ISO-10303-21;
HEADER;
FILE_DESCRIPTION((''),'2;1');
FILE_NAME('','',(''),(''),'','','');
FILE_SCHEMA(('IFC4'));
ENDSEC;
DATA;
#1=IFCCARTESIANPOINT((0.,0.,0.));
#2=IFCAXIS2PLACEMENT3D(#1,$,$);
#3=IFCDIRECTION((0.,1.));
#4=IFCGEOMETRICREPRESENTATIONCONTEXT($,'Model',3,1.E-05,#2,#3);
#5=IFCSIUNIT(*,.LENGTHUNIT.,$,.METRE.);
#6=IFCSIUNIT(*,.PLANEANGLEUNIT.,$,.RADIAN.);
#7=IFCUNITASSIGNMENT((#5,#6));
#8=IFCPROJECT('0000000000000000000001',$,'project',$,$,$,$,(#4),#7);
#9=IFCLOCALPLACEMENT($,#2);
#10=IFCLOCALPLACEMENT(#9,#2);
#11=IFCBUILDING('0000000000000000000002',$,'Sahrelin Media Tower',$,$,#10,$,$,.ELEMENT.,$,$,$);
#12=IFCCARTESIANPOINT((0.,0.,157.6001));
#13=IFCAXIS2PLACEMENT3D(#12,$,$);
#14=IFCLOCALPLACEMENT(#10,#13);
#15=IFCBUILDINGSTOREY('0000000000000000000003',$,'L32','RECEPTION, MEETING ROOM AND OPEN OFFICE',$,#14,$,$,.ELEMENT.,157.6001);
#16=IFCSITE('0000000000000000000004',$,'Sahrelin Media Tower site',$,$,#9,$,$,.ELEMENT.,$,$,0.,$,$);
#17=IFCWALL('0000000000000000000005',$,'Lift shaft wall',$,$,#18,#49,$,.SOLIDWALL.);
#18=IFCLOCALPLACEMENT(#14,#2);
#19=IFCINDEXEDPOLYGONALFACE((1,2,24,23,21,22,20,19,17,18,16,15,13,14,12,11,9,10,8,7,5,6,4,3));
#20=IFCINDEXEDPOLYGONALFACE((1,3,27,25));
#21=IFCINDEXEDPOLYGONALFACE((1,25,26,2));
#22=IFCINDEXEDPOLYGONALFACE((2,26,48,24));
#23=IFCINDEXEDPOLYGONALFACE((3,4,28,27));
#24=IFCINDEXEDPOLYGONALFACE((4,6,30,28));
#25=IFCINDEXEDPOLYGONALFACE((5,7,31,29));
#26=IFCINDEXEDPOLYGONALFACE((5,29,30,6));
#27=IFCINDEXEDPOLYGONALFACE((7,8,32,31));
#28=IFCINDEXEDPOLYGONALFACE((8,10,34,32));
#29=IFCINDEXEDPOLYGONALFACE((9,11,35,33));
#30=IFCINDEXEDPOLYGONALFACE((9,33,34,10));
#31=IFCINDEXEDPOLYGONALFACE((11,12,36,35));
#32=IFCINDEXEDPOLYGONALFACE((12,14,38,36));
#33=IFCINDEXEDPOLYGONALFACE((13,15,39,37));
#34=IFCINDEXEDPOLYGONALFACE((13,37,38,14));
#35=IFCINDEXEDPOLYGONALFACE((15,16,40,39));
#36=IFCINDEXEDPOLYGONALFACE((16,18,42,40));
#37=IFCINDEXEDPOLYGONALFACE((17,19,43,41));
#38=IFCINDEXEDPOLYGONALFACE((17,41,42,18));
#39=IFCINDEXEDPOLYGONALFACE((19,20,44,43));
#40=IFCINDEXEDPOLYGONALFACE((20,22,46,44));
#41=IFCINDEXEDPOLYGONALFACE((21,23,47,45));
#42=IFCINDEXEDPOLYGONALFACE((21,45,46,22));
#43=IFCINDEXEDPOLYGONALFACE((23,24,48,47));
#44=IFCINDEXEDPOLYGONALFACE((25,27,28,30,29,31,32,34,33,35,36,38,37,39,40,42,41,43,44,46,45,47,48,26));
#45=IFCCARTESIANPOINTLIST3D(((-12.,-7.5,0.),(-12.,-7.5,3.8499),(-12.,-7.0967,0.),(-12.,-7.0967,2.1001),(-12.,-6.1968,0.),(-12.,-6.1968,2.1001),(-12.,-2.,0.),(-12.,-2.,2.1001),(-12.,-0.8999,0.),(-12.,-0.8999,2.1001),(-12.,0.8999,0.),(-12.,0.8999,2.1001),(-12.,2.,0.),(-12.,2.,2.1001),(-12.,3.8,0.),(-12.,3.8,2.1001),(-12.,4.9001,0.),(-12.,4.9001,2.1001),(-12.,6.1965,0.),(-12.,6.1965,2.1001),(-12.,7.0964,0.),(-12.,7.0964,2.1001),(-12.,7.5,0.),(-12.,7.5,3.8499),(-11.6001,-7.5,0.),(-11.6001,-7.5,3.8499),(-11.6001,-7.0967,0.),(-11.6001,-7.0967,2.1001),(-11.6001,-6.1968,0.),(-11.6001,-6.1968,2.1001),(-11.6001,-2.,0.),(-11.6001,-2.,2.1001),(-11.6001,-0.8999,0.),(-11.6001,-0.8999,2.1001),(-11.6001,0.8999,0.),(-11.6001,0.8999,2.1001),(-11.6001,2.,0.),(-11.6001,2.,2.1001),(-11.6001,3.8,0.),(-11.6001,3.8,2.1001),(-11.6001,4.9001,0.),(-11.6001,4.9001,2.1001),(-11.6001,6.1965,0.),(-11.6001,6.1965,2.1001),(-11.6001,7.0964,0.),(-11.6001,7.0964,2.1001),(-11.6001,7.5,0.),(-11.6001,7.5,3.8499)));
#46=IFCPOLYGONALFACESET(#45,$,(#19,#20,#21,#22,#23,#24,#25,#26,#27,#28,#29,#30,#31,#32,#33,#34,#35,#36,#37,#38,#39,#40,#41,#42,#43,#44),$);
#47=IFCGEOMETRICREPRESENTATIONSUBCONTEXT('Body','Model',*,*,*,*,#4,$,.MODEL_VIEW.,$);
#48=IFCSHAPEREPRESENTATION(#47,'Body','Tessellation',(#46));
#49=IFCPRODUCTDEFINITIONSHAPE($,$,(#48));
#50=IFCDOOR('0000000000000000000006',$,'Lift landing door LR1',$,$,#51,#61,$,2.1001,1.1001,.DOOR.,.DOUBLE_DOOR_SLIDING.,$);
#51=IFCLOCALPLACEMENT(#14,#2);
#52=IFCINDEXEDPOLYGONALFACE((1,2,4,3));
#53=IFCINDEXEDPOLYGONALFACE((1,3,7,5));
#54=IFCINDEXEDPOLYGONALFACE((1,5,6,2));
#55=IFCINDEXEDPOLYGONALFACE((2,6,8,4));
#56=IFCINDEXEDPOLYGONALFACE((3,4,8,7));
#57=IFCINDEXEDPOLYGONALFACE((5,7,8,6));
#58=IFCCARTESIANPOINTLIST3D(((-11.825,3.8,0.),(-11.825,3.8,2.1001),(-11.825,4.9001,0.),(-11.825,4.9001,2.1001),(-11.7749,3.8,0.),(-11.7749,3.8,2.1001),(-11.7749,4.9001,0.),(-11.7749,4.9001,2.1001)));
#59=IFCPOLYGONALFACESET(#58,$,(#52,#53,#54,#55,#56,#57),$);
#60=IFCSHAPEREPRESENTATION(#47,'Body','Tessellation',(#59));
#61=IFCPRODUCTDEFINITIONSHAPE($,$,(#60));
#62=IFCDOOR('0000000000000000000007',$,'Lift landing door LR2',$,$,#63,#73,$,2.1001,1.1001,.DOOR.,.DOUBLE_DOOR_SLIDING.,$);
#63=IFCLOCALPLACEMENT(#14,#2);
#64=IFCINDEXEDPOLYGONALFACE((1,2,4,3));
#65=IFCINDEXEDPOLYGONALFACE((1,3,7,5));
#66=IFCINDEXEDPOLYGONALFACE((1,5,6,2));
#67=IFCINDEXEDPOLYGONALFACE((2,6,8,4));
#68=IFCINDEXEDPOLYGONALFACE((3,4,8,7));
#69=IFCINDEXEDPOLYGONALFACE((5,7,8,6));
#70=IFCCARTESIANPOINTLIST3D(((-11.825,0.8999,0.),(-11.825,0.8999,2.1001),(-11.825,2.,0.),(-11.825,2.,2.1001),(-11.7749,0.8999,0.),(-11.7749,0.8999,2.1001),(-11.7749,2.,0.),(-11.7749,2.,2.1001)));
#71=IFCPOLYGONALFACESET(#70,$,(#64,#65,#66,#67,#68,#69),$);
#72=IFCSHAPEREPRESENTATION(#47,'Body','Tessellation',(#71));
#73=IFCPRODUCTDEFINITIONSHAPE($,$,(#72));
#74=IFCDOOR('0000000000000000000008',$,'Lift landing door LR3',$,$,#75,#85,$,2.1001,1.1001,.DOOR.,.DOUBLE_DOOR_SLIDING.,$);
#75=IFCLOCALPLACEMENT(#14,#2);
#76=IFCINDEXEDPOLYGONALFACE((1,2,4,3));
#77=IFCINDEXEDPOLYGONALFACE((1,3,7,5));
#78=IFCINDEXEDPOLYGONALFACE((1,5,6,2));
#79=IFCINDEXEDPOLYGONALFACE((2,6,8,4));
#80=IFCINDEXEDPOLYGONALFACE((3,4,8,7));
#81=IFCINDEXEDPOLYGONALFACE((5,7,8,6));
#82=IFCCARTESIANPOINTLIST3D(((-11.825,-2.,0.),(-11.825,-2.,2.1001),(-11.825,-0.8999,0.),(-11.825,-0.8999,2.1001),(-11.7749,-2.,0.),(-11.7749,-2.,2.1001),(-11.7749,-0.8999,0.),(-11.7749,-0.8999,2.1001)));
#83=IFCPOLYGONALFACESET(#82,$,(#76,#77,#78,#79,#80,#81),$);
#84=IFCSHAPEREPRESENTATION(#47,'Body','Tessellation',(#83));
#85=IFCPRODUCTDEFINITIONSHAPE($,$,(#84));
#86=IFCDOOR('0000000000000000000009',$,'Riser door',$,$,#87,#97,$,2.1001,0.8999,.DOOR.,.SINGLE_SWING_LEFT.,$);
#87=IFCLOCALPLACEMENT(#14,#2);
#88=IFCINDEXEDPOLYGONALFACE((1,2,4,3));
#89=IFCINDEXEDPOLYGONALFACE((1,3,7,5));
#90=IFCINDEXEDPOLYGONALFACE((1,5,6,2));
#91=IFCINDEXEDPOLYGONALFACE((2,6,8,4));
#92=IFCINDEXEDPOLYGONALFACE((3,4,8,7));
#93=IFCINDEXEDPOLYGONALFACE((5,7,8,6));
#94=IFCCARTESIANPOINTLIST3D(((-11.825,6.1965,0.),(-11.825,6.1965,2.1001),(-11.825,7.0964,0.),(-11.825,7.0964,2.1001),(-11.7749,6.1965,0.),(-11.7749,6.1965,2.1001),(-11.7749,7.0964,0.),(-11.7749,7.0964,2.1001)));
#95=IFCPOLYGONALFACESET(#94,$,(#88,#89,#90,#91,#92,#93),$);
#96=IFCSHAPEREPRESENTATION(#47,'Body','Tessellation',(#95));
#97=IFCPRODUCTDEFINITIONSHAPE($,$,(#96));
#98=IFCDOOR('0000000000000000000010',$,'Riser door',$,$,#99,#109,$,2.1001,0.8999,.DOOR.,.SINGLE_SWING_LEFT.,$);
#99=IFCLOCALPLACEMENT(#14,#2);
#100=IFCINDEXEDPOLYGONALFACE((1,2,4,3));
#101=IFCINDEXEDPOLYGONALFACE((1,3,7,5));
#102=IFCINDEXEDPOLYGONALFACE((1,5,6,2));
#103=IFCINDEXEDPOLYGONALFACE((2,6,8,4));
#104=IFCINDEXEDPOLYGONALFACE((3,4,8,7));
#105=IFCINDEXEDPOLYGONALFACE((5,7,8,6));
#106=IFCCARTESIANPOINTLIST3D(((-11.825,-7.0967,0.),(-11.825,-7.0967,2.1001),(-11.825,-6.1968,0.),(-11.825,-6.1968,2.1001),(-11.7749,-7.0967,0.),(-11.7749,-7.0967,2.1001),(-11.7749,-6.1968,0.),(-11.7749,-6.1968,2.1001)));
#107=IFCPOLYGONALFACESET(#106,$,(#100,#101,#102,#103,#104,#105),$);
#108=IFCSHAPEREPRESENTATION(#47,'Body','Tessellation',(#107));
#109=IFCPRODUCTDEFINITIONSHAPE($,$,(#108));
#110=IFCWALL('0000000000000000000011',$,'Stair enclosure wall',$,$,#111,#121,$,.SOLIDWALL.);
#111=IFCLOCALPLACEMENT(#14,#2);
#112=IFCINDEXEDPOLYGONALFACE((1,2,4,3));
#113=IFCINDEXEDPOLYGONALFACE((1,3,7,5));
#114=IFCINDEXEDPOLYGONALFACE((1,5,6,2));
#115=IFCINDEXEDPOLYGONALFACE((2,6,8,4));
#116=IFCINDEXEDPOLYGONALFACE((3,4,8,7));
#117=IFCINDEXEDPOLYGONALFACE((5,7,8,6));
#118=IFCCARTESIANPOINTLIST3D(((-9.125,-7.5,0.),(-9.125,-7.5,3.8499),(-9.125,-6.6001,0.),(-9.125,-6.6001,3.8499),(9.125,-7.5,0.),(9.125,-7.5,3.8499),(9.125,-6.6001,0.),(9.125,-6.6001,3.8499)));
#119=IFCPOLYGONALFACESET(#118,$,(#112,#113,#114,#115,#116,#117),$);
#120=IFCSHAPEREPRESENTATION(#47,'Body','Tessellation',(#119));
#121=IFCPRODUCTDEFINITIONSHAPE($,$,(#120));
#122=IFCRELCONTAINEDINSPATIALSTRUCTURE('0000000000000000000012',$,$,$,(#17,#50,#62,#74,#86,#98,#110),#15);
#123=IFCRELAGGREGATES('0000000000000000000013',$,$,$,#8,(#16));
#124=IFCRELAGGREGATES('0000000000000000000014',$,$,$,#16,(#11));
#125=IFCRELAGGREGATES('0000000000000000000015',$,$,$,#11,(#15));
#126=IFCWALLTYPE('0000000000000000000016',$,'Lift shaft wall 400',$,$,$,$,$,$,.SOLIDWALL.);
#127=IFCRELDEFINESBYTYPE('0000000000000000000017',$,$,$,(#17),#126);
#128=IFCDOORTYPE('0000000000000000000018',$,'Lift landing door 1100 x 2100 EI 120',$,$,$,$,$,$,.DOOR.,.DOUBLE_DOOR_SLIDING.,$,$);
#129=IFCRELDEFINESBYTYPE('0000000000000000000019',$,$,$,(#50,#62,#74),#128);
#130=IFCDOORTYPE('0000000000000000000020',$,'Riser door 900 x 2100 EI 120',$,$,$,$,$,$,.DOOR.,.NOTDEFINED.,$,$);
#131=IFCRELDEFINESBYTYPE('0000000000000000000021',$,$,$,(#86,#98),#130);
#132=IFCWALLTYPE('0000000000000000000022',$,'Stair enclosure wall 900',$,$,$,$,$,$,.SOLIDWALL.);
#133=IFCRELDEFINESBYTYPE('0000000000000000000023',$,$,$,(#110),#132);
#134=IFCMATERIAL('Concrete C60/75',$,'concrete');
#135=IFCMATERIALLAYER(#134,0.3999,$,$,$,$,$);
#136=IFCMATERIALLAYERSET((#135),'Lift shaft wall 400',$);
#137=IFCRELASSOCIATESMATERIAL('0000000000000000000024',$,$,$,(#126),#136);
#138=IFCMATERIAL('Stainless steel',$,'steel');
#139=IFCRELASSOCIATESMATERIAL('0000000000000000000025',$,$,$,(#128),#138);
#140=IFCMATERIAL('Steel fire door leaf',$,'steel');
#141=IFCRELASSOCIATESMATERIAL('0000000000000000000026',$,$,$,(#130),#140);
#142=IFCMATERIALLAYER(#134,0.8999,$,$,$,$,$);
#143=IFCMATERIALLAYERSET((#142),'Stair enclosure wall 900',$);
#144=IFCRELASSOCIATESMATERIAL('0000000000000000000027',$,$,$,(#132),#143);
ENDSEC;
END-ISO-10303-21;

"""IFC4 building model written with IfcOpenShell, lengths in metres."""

from ifc_helpers import new_model, si_unit, direction, frame, frame_2d, origin, place, context, subcontext, project, spatial, rectangle, extrude, material, layer, layer_set, type_object, element, fill, save


model = new_model("IFC4")

# Units and contexts
model_context = context("Model", 3, precision=1e-05, world=origin(), true_north=direction((0.0, 1.0)))
body_context = subcontext(model_context, "Body", "Model", "MODEL_VIEW")
ifc_project = project(units=[si_unit("LENGTHUNIT", "METRE"), si_unit("PLANEANGLEUNIT", "RADIAN")], contexts=[model_context])

# Site, building, storey
site_placement = place(None, origin())
site = spatial("IfcSite", under=ifc_project, at=site_placement, Name="Sahrelin Media Tower site", CompositionType="ELEMENT", RefElevation=0.0)
building_placement = place(site_placement, origin())
building = spatial("IfcBuilding", under=site, at=building_placement, Name="Sahrelin Media Tower", CompositionType="ELEMENT")
storey_placement = place(building_placement, frame((0.0, 0.0, 157.6001)))
storey = spatial("IfcBuildingStorey", under=building, at=storey_placement, Name="L32", Description="RECEPTION, MEETING ROOM AND OPEN OFFICE", CompositionType="ELEMENT", Elevation=157.6001)

# Shared definitions
ifc_material_1 = material(Name="Concrete C60/75", Category="concrete")
ifc_material_2 = material(Name="Steel fire door leaf", Category="steel")

# Wall, openings, doors
ifc_material_3 = material(Name="Stainless steel", Category="steel")
ifc_layer_1 = layer(ifc_material_1, 0.3999)
ifc_layer_set_1 = layer_set([ifc_layer_1], Name="Lift shaft wall 400")
wall_type_1 = type_object("IfcWallType", Name="Lift shaft wall 400", PredefinedType="SOLIDWALL", material=ifc_layer_set_1)
wall_1_placement = place(storey_placement, frame((-11.8, -7.5, 0.0), z_axis=(0.0, 0.0, 1.0), x_axis=(0.0, 1.0, 0.0)))
wall_1 = element("IfcWall", 1, at=wall_1_placement, inside=storey, type_object=wall_type_1, Name="Lift shaft wall", PredefinedType="SOLIDWALL", context=body_context, shape_type="SweptSolid", body=[
    extrude(rectangle(XDim=15.0, YDim=0.3999, at=frame_2d((7.5, 0.0))), origin(), (0.0, 0.0, 1.0), 3.8499),
])
opening_1_placement = place(wall_1_placement, frame((11.3, 0.0, 0.0)))
opening_1 = element("IfcOpeningElement", 2, at=opening_1_placement, cuts=wall_1, PredefinedType="OPENING", context=body_context, shape_type="SweptSolid", body=[
    extrude(rectangle(XDim=1.1001, YDim=2.1001, at=frame_2d((0.55, 1.05))), frame((0.0, 0.2, 0.0), z_axis=(0.0, -1.0, 0.0), x_axis=(1.0, 0.0, 0.0)), (0.0, 0.0, 1.0), 0.3999),
])
opening_2_placement = place(wall_1_placement, frame((8.3999, 0.0, 0.0)))
opening_2 = element("IfcOpeningElement", 3, at=opening_2_placement, cuts=wall_1, PredefinedType="OPENING", context=body_context, shape_type="SweptSolid", body=[
    extrude(rectangle(XDim=1.1001, YDim=2.1001, at=frame_2d((0.55, 1.05))), frame((0.0, 0.2, 0.0), z_axis=(0.0, -1.0, 0.0), x_axis=(1.0, 0.0, 0.0)), (0.0, 0.0, 1.0), 0.3999),
])
opening_3_placement = place(wall_1_placement, frame((5.5, 0.0, 0.0)))
opening_3 = element("IfcOpeningElement", 4, at=opening_3_placement, cuts=wall_1, PredefinedType="OPENING", context=body_context, shape_type="SweptSolid", body=[
    extrude(rectangle(XDim=1.1001, YDim=2.1001, at=frame_2d((0.55, 1.05))), frame((0.0, 0.2, 0.0), z_axis=(0.0, -1.0, 0.0), x_axis=(1.0, 0.0, 0.0)), (0.0, 0.0, 1.0), 0.3999),
])
opening_4_placement = place(wall_1_placement, frame((13.6965, 0.0, 0.0)))
opening_4 = element("IfcOpeningElement", 5, at=opening_4_placement, cuts=wall_1, PredefinedType="OPENING", context=body_context, shape_type="SweptSolid", body=[
    extrude(rectangle(XDim=0.8999, YDim=2.1001, at=frame_2d((0.45, 1.05))), frame((0.0, 0.2, 0.0), z_axis=(0.0, -1.0, 0.0), x_axis=(1.0, 0.0, 0.0)), (0.0, 0.0, 1.0), 0.3999),
])
opening_5_placement = place(wall_1_placement, frame((0.4033, 0.0, 0.0)))
opening_5 = element("IfcOpeningElement", 6, at=opening_5_placement, cuts=wall_1, PredefinedType="OPENING", context=body_context, shape_type="SweptSolid", body=[
    extrude(rectangle(XDim=0.8999, YDim=2.1001, at=frame_2d((0.45, 1.05))), frame((0.0, 0.2, 0.0), z_axis=(0.0, -1.0, 0.0), x_axis=(1.0, 0.0, 0.0)), (0.0, 0.0, 1.0), 0.3999),
])
door_type_1 = type_object("IfcDoorType", Name="Lift landing door 1100 x 2100 EI 120", OperationType="DOUBLE_DOOR_SLIDING", PredefinedType="DOOR", material=ifc_material_3)
door_1_placement = place(opening_1_placement, origin())
door_1 = element("IfcDoor", 7, at=door_1_placement, inside=storey, type_object=door_type_1, Name="Lift landing door LR1", OperationType="DOUBLE_DOOR_SLIDING", OverallHeight=2.1001, OverallWidth=1.1001, PredefinedType="DOOR", context=body_context, shape_type="SweptSolid", body=[
    extrude(rectangle(XDim=1.1001, YDim=2.1001, at=frame_2d((0.55, 1.05))), frame((0.0, 0.0249, 0.0), z_axis=(0.0, -1.0, 0.0), x_axis=(1.0, 0.0, 0.0)), (0.0, 0.0, 1.0), 0.05),
])
fill(opening_1, door_1)
door_2_placement = place(opening_2_placement, origin())
door_2 = element("IfcDoor", 8, at=door_2_placement, inside=storey, type_object=door_type_1, Name="Lift landing door LR2", OperationType="DOUBLE_DOOR_SLIDING", OverallHeight=2.1001, OverallWidth=1.1001, PredefinedType="DOOR", context=body_context, shape_type="SweptSolid", body=[
    extrude(rectangle(XDim=1.1001, YDim=2.1001, at=frame_2d((0.55, 1.05))), frame((0.0, 0.0249, 0.0), z_axis=(0.0, -1.0, 0.0), x_axis=(1.0, 0.0, 0.0)), (0.0, 0.0, 1.0), 0.05),
])
fill(opening_2, door_2)
door_3_placement = place(opening_3_placement, origin())
door_3 = element("IfcDoor", 9, at=door_3_placement, inside=storey, type_object=door_type_1, Name="Lift landing door LR3", OperationType="DOUBLE_DOOR_SLIDING", OverallHeight=2.1001, OverallWidth=1.1001, PredefinedType="DOOR", context=body_context, shape_type="SweptSolid", body=[
    extrude(rectangle(XDim=1.1001, YDim=2.1001, at=frame_2d((0.55, 1.05))), frame((0.0, 0.0249, 0.0), z_axis=(0.0, -1.0, 0.0), x_axis=(1.0, 0.0, 0.0)), (0.0, 0.0, 1.0), 0.05),
])
fill(opening_3, door_3)
door_type_2 = type_object("IfcDoorType", Name="Riser door 900 x 2100 EI 120", OperationType="NOTDEFINED", PredefinedType="DOOR", material=ifc_material_2)
door_4_placement = place(opening_4_placement, origin())
door_4 = element("IfcDoor", 10, at=door_4_placement, inside=storey, type_object=door_type_2, Name="Riser door", OperationType="SINGLE_SWING_LEFT", OverallHeight=2.1001, OverallWidth=0.8999, PredefinedType="DOOR", context=body_context, shape_type="SweptSolid", body=[
    extrude(rectangle(XDim=0.8999, YDim=2.1001, at=frame_2d((0.45, 1.05))), frame((0.0, 0.0249, 0.0), z_axis=(0.0, -1.0, 0.0), x_axis=(1.0, 0.0, 0.0)), (0.0, 0.0, 1.0), 0.05),
])
fill(opening_4, door_4)
door_5_placement = place(opening_5_placement, origin())
door_5 = element("IfcDoor", 11, at=door_5_placement, inside=storey, type_object=door_type_2, Name="Riser door", OperationType="SINGLE_SWING_LEFT", OverallHeight=2.1001, OverallWidth=0.8999, PredefinedType="DOOR", context=body_context, shape_type="SweptSolid", body=[
    extrude(rectangle(XDim=0.8999, YDim=2.1001, at=frame_2d((0.45, 1.05))), frame((0.0, 0.0249, 0.0), z_axis=(0.0, -1.0, 0.0), x_axis=(1.0, 0.0, 0.0)), (0.0, 0.0, 1.0), 0.05),
])
fill(opening_5, door_5)

# Wall
ifc_layer_2 = layer(ifc_material_1, 0.8999)
ifc_layer_set_2 = layer_set([ifc_layer_2], Name="Stair enclosure wall 900")
wall_type_2 = type_object("IfcWallType", Name="Stair enclosure wall 900", PredefinedType="SOLIDWALL", material=ifc_layer_set_2)
wall_2_placement = place(storey_placement, frame((-9.125, -7.05, 0.0), z_axis=(0.0, 0.0, 1.0), x_axis=(1.0, 0.0, 0.0)))
element("IfcWall", 12, at=wall_2_placement, inside=storey, type_object=wall_type_2, Name="Stair enclosure wall", PredefinedType="SOLIDWALL", context=body_context, shape_type="SweptSolid", body=[
    extrude(rectangle(XDim=18.25, YDim=0.8999, at=frame_2d((9.125, 0.0))), origin(), (0.0, 0.0, 1.0), 3.8499),
])

save(model, "model.ifc")
